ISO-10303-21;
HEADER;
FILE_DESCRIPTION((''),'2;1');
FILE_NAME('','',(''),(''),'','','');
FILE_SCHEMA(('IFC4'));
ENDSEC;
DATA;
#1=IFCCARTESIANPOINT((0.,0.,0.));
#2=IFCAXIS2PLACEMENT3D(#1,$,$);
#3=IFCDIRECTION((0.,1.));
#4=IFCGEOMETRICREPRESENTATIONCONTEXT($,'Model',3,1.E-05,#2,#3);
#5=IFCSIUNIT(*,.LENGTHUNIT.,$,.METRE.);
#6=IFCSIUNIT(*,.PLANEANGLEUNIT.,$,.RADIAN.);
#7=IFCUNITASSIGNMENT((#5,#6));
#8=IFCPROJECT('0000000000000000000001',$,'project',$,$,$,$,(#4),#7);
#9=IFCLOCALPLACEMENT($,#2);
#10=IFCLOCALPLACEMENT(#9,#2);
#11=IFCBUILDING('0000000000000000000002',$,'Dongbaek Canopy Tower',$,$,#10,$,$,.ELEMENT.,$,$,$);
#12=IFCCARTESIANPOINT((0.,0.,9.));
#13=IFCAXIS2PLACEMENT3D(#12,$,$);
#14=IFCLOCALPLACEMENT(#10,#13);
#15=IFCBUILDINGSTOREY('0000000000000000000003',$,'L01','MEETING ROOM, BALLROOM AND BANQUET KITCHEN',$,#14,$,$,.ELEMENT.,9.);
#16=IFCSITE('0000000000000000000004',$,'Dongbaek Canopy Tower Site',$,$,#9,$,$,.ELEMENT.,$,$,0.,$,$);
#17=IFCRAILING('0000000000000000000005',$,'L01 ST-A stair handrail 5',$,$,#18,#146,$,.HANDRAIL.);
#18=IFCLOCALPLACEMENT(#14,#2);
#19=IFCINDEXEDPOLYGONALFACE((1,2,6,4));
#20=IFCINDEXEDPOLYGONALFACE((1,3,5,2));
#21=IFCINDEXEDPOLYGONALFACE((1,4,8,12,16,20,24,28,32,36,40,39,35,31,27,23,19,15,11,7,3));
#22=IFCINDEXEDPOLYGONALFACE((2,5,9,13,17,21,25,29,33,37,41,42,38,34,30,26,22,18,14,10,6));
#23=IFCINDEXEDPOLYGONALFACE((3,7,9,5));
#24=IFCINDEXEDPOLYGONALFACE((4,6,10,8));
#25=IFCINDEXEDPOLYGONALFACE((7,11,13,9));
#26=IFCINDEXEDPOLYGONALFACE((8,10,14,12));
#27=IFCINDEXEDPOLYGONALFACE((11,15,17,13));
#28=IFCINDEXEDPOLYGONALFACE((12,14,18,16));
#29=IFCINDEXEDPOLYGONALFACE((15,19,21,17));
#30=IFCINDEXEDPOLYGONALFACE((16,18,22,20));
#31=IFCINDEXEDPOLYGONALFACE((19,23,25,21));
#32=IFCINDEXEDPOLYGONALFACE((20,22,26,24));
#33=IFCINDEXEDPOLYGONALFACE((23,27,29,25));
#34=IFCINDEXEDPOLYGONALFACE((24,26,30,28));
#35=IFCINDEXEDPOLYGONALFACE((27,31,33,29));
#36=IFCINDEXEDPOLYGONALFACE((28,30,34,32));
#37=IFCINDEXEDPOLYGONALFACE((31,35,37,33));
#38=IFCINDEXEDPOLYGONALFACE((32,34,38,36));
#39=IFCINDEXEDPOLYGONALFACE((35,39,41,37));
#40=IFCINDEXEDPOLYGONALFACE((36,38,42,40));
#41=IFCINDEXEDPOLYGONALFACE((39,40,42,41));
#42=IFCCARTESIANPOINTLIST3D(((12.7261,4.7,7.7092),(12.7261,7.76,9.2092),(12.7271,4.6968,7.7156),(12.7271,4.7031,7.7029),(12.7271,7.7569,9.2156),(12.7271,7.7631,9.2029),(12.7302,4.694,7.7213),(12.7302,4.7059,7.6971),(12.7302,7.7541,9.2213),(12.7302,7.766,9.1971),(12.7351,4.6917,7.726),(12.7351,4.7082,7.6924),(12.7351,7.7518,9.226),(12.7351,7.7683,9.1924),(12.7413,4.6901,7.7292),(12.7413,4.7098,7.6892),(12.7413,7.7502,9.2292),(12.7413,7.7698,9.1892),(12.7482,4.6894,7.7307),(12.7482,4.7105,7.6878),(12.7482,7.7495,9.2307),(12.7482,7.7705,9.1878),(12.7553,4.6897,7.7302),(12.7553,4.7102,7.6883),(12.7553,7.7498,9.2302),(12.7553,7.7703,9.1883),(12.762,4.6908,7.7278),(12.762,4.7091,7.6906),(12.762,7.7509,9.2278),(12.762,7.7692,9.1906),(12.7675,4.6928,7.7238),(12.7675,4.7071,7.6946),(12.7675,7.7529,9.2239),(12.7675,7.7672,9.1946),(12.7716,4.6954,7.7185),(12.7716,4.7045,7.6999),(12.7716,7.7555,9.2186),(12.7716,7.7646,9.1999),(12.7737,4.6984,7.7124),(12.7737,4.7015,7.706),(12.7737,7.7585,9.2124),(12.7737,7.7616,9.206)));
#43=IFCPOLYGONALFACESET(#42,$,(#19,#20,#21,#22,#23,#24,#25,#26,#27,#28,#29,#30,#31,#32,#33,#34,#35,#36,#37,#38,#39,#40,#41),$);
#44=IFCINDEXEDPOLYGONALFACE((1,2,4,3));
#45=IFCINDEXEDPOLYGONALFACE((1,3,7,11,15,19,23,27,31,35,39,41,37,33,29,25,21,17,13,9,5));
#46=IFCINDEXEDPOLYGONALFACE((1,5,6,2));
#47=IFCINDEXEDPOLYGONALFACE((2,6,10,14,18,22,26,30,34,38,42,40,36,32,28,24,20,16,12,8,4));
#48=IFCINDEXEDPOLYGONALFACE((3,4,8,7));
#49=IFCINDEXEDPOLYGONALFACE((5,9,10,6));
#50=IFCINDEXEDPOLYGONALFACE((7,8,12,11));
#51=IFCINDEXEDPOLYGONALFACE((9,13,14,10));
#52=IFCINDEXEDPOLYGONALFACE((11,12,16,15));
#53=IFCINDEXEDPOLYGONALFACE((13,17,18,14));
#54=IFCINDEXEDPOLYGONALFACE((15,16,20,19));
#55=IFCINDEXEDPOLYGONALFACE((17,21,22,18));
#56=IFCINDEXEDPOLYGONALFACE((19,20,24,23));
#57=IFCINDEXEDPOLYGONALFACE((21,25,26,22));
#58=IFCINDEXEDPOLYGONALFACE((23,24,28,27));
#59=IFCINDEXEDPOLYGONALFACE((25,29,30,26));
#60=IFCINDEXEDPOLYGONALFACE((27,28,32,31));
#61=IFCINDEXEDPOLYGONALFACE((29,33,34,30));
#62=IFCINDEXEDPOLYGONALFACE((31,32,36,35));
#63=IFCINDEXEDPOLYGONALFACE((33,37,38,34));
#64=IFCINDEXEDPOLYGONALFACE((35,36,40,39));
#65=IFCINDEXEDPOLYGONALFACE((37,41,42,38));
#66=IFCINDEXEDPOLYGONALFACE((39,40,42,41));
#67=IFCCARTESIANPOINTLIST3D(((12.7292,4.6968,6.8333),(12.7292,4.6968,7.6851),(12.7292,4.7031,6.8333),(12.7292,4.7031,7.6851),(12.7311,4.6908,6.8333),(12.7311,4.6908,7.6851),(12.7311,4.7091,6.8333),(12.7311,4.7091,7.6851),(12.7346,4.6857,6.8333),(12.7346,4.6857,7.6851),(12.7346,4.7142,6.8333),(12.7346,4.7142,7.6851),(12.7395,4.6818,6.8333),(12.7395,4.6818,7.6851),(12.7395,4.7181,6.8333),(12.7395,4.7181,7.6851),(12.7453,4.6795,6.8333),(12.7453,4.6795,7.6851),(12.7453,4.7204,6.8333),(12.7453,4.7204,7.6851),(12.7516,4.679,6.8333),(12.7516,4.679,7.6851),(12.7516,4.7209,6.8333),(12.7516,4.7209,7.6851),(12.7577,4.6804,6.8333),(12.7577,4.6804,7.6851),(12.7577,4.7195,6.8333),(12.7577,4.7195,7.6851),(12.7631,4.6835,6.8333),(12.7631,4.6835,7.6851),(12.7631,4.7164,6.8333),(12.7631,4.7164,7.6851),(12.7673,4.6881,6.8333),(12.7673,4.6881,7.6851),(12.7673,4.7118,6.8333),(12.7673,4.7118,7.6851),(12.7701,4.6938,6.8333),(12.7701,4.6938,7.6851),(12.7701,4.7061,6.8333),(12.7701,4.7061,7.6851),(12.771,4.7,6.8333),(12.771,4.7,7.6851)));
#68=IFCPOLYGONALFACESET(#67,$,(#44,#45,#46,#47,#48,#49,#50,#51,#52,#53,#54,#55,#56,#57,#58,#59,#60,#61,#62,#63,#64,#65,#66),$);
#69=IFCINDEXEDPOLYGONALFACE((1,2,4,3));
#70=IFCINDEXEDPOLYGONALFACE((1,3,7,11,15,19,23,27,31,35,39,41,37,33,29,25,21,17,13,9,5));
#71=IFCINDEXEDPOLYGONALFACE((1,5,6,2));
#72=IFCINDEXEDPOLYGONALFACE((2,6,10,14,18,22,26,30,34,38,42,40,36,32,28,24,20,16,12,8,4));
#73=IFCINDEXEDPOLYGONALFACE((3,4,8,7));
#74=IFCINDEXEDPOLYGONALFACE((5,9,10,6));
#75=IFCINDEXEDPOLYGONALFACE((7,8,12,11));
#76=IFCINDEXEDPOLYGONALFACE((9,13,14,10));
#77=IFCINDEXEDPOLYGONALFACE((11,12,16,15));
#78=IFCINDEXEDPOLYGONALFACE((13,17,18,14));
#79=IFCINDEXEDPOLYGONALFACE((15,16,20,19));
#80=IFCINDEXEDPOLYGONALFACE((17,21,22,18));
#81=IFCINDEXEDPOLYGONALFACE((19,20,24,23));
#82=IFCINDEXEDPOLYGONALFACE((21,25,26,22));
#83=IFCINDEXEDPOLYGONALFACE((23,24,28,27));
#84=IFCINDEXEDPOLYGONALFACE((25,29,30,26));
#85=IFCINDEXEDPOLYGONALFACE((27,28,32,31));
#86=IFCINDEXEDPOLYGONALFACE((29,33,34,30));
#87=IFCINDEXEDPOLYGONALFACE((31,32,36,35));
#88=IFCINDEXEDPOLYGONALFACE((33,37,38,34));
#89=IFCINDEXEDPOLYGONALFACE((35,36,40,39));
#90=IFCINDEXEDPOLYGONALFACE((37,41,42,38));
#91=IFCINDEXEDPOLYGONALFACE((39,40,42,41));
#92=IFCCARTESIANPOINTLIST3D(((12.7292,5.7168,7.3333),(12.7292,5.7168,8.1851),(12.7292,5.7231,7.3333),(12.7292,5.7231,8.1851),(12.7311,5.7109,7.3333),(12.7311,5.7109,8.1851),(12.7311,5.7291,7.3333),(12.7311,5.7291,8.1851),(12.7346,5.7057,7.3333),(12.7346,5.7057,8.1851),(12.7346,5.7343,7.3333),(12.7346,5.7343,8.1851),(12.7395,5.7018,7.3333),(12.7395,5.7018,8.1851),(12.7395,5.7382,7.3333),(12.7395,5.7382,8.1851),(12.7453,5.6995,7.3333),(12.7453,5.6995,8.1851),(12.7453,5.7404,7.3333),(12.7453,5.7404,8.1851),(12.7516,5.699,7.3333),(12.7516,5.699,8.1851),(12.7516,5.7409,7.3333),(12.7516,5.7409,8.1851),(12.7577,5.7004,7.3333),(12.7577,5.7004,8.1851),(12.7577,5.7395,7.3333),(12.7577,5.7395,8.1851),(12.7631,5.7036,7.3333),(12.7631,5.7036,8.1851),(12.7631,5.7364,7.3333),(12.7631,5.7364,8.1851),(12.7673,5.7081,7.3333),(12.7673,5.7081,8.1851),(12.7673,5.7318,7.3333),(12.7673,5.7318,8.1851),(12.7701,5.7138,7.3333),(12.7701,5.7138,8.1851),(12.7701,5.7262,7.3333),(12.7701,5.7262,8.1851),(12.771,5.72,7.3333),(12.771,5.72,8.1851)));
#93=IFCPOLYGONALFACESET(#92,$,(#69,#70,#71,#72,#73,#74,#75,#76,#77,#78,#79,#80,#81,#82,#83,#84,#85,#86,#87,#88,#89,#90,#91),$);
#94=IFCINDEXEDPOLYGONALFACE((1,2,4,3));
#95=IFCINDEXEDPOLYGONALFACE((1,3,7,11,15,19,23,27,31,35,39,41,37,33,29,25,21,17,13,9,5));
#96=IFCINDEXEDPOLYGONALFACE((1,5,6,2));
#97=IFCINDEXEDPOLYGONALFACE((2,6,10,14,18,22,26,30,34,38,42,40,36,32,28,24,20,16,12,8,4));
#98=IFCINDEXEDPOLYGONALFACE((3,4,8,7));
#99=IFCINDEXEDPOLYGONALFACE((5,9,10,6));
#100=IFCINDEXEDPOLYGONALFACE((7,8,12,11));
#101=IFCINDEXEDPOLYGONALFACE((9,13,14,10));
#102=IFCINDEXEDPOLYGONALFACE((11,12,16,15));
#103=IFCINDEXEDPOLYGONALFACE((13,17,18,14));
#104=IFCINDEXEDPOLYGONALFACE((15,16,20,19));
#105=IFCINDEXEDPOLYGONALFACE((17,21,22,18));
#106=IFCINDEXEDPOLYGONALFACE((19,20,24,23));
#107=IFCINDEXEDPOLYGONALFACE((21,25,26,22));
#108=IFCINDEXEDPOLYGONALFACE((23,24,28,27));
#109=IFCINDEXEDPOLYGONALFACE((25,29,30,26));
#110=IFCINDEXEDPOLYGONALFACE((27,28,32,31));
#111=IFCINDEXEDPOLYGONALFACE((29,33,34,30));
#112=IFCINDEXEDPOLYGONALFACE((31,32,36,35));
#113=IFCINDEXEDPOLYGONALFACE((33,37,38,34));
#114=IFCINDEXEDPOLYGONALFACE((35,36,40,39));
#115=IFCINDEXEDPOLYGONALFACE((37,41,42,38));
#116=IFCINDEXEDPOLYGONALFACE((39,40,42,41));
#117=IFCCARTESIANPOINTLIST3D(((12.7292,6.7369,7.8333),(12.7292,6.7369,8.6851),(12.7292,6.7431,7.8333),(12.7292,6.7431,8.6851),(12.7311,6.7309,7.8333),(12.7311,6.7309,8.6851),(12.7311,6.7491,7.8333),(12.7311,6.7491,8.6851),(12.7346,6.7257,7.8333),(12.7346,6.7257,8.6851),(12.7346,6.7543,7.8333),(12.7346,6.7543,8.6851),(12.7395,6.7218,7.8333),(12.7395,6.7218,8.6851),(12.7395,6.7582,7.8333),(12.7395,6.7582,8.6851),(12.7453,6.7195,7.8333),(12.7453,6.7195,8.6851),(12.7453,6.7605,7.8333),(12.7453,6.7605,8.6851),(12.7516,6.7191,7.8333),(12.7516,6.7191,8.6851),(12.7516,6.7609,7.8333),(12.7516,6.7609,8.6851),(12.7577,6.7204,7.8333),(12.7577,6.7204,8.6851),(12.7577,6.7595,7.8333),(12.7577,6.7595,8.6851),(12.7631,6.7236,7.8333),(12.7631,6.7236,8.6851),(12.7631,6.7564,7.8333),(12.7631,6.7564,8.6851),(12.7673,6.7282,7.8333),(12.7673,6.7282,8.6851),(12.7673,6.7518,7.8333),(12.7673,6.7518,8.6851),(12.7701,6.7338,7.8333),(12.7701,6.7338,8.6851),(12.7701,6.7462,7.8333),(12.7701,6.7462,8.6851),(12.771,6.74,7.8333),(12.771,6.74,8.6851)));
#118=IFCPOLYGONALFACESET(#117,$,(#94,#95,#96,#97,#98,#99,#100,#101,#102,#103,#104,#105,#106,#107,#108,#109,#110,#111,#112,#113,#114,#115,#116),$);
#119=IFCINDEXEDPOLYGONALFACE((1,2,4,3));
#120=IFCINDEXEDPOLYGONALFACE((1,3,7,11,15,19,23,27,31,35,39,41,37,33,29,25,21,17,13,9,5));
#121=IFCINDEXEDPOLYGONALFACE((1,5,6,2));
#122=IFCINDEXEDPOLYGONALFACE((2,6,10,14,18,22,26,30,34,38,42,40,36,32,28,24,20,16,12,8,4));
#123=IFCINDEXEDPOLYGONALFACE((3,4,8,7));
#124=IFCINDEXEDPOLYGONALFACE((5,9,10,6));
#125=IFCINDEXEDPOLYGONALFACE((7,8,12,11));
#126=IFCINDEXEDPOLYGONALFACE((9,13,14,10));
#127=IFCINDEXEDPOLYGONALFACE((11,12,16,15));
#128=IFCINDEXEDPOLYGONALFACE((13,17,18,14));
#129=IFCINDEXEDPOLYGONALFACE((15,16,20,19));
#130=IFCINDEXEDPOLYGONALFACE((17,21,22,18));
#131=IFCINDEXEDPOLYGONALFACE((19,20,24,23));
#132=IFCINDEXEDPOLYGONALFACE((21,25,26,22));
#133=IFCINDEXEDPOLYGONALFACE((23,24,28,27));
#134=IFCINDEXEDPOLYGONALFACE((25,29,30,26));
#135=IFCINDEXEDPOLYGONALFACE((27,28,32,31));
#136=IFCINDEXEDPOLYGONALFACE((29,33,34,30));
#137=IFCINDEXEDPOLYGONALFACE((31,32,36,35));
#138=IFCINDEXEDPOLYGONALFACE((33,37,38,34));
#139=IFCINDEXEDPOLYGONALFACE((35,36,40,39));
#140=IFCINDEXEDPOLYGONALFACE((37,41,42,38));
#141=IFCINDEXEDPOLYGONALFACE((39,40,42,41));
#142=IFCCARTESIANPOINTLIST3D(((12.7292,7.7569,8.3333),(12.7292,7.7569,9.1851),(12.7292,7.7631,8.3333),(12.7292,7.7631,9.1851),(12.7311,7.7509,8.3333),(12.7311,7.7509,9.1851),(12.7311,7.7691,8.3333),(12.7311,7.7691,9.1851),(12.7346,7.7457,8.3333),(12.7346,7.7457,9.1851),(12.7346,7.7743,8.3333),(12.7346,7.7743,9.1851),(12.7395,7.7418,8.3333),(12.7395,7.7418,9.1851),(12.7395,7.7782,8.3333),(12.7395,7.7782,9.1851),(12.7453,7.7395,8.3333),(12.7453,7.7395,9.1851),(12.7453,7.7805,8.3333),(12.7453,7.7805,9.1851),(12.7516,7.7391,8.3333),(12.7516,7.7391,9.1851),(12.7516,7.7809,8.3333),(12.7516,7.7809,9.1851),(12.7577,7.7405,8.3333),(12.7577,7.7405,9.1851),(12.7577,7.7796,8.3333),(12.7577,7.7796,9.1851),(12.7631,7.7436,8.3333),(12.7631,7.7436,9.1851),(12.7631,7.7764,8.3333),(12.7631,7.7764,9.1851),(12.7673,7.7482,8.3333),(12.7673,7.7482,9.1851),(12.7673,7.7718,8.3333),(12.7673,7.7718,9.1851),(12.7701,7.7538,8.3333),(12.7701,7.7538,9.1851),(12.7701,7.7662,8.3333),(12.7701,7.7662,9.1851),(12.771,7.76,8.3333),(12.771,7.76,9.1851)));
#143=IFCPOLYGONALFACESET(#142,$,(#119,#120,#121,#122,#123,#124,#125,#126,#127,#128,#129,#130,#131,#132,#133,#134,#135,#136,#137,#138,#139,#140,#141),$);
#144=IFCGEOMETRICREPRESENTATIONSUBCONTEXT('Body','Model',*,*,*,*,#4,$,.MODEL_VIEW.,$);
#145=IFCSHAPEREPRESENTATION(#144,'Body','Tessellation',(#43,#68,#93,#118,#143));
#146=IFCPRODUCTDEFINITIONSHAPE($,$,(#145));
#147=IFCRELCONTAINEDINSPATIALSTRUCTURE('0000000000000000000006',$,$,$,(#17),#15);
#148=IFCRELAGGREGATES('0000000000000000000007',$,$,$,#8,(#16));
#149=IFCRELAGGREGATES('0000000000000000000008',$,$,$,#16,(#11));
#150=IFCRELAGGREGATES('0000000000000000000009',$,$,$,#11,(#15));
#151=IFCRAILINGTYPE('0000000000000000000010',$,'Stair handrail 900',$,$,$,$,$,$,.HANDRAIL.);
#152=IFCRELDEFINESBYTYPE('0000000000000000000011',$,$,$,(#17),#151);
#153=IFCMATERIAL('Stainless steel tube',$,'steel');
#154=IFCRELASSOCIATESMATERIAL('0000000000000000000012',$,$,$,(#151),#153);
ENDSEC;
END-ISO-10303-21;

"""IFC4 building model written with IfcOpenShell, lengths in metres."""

from ifc_helpers import new_model, si_unit, direction, frame, origin, origin_2d, place, context, subcontext, project, spatial, circle, extrude, material, type_object, element, save


model = new_model("IFC4")

# Units and contexts
model_context = context("Model", 3, precision=1e-05, world=origin(), true_north=direction((0.0, 1.0)))
body_context = subcontext(model_context, "Body", "Model", "MODEL_VIEW")
ifc_project = project(units=[si_unit("LENGTHUNIT", "METRE"), si_unit("PLANEANGLEUNIT", "RADIAN")], contexts=[model_context])

# Site, building, storey
site_placement = place(None, origin())
site = spatial("IfcSite", under=ifc_project, at=site_placement, Name="Dongbaek Canopy Tower Site", CompositionType="ELEMENT", RefElevation=0.0)
building_placement = place(site_placement, origin())
building = spatial("IfcBuilding", under=site, at=building_placement, Name="Dongbaek Canopy Tower", CompositionType="ELEMENT")
storey_placement = place(building_placement, frame((0.0, 0.0, 9.0)))
storey = spatial("IfcBuildingStorey", under=building, at=storey_placement, Name="L01", Description="MEETING ROOM, BALLROOM AND BANQUET KITCHEN", CompositionType="ELEMENT", Elevation=9.0)

# Railing
ifc_material_1 = material(Name="Stainless steel tube", Category="steel")
railing_type = type_object("IfcRailingType", Name="Stair handrail 900", PredefinedType="HANDRAIL", material=ifc_material_1)
for number, where, name in (
    (1, (12.75, 4.7, 6.8333), "L01 ST-A stair handrail 5"),
):
    element("IfcRailing", number, at=place(storey_placement, frame(where)), inside=storey, type_object=railing_type, Name=name, PredefinedType="HANDRAIL", context=body_context, shape_type="SweptSolid", body=[
        extrude(circle(Radius=0.0239, at=origin_2d()), frame((0.0, 0.0, 0.876), z_axis=(0.0, 0.897924, 0.44015), x_axis=(-1.0, 0.0, 0.0)), (0.0, 0.0, 1.0), 3.408),
        extrude(circle(Radius=0.021, at=origin_2d()), origin(), (0.0, 0.0, 1.0), 0.8518),
        extrude(circle(Radius=0.021, at=origin_2d()), frame((0.0, 1.02, 0.5)), (0.0, 0.0, 1.0), 0.8518),
        extrude(circle(Radius=0.021, at=origin_2d()), frame((0.0, 2.04, 1.0)), (0.0, 0.0, 1.0), 0.8518),
        extrude(circle(Radius=0.021, at=origin_2d()), frame((0.0, 3.0601, 1.5)), (0.0, 0.0, 1.0), 0.8518),
    ])

save(model, "model.ifc")
